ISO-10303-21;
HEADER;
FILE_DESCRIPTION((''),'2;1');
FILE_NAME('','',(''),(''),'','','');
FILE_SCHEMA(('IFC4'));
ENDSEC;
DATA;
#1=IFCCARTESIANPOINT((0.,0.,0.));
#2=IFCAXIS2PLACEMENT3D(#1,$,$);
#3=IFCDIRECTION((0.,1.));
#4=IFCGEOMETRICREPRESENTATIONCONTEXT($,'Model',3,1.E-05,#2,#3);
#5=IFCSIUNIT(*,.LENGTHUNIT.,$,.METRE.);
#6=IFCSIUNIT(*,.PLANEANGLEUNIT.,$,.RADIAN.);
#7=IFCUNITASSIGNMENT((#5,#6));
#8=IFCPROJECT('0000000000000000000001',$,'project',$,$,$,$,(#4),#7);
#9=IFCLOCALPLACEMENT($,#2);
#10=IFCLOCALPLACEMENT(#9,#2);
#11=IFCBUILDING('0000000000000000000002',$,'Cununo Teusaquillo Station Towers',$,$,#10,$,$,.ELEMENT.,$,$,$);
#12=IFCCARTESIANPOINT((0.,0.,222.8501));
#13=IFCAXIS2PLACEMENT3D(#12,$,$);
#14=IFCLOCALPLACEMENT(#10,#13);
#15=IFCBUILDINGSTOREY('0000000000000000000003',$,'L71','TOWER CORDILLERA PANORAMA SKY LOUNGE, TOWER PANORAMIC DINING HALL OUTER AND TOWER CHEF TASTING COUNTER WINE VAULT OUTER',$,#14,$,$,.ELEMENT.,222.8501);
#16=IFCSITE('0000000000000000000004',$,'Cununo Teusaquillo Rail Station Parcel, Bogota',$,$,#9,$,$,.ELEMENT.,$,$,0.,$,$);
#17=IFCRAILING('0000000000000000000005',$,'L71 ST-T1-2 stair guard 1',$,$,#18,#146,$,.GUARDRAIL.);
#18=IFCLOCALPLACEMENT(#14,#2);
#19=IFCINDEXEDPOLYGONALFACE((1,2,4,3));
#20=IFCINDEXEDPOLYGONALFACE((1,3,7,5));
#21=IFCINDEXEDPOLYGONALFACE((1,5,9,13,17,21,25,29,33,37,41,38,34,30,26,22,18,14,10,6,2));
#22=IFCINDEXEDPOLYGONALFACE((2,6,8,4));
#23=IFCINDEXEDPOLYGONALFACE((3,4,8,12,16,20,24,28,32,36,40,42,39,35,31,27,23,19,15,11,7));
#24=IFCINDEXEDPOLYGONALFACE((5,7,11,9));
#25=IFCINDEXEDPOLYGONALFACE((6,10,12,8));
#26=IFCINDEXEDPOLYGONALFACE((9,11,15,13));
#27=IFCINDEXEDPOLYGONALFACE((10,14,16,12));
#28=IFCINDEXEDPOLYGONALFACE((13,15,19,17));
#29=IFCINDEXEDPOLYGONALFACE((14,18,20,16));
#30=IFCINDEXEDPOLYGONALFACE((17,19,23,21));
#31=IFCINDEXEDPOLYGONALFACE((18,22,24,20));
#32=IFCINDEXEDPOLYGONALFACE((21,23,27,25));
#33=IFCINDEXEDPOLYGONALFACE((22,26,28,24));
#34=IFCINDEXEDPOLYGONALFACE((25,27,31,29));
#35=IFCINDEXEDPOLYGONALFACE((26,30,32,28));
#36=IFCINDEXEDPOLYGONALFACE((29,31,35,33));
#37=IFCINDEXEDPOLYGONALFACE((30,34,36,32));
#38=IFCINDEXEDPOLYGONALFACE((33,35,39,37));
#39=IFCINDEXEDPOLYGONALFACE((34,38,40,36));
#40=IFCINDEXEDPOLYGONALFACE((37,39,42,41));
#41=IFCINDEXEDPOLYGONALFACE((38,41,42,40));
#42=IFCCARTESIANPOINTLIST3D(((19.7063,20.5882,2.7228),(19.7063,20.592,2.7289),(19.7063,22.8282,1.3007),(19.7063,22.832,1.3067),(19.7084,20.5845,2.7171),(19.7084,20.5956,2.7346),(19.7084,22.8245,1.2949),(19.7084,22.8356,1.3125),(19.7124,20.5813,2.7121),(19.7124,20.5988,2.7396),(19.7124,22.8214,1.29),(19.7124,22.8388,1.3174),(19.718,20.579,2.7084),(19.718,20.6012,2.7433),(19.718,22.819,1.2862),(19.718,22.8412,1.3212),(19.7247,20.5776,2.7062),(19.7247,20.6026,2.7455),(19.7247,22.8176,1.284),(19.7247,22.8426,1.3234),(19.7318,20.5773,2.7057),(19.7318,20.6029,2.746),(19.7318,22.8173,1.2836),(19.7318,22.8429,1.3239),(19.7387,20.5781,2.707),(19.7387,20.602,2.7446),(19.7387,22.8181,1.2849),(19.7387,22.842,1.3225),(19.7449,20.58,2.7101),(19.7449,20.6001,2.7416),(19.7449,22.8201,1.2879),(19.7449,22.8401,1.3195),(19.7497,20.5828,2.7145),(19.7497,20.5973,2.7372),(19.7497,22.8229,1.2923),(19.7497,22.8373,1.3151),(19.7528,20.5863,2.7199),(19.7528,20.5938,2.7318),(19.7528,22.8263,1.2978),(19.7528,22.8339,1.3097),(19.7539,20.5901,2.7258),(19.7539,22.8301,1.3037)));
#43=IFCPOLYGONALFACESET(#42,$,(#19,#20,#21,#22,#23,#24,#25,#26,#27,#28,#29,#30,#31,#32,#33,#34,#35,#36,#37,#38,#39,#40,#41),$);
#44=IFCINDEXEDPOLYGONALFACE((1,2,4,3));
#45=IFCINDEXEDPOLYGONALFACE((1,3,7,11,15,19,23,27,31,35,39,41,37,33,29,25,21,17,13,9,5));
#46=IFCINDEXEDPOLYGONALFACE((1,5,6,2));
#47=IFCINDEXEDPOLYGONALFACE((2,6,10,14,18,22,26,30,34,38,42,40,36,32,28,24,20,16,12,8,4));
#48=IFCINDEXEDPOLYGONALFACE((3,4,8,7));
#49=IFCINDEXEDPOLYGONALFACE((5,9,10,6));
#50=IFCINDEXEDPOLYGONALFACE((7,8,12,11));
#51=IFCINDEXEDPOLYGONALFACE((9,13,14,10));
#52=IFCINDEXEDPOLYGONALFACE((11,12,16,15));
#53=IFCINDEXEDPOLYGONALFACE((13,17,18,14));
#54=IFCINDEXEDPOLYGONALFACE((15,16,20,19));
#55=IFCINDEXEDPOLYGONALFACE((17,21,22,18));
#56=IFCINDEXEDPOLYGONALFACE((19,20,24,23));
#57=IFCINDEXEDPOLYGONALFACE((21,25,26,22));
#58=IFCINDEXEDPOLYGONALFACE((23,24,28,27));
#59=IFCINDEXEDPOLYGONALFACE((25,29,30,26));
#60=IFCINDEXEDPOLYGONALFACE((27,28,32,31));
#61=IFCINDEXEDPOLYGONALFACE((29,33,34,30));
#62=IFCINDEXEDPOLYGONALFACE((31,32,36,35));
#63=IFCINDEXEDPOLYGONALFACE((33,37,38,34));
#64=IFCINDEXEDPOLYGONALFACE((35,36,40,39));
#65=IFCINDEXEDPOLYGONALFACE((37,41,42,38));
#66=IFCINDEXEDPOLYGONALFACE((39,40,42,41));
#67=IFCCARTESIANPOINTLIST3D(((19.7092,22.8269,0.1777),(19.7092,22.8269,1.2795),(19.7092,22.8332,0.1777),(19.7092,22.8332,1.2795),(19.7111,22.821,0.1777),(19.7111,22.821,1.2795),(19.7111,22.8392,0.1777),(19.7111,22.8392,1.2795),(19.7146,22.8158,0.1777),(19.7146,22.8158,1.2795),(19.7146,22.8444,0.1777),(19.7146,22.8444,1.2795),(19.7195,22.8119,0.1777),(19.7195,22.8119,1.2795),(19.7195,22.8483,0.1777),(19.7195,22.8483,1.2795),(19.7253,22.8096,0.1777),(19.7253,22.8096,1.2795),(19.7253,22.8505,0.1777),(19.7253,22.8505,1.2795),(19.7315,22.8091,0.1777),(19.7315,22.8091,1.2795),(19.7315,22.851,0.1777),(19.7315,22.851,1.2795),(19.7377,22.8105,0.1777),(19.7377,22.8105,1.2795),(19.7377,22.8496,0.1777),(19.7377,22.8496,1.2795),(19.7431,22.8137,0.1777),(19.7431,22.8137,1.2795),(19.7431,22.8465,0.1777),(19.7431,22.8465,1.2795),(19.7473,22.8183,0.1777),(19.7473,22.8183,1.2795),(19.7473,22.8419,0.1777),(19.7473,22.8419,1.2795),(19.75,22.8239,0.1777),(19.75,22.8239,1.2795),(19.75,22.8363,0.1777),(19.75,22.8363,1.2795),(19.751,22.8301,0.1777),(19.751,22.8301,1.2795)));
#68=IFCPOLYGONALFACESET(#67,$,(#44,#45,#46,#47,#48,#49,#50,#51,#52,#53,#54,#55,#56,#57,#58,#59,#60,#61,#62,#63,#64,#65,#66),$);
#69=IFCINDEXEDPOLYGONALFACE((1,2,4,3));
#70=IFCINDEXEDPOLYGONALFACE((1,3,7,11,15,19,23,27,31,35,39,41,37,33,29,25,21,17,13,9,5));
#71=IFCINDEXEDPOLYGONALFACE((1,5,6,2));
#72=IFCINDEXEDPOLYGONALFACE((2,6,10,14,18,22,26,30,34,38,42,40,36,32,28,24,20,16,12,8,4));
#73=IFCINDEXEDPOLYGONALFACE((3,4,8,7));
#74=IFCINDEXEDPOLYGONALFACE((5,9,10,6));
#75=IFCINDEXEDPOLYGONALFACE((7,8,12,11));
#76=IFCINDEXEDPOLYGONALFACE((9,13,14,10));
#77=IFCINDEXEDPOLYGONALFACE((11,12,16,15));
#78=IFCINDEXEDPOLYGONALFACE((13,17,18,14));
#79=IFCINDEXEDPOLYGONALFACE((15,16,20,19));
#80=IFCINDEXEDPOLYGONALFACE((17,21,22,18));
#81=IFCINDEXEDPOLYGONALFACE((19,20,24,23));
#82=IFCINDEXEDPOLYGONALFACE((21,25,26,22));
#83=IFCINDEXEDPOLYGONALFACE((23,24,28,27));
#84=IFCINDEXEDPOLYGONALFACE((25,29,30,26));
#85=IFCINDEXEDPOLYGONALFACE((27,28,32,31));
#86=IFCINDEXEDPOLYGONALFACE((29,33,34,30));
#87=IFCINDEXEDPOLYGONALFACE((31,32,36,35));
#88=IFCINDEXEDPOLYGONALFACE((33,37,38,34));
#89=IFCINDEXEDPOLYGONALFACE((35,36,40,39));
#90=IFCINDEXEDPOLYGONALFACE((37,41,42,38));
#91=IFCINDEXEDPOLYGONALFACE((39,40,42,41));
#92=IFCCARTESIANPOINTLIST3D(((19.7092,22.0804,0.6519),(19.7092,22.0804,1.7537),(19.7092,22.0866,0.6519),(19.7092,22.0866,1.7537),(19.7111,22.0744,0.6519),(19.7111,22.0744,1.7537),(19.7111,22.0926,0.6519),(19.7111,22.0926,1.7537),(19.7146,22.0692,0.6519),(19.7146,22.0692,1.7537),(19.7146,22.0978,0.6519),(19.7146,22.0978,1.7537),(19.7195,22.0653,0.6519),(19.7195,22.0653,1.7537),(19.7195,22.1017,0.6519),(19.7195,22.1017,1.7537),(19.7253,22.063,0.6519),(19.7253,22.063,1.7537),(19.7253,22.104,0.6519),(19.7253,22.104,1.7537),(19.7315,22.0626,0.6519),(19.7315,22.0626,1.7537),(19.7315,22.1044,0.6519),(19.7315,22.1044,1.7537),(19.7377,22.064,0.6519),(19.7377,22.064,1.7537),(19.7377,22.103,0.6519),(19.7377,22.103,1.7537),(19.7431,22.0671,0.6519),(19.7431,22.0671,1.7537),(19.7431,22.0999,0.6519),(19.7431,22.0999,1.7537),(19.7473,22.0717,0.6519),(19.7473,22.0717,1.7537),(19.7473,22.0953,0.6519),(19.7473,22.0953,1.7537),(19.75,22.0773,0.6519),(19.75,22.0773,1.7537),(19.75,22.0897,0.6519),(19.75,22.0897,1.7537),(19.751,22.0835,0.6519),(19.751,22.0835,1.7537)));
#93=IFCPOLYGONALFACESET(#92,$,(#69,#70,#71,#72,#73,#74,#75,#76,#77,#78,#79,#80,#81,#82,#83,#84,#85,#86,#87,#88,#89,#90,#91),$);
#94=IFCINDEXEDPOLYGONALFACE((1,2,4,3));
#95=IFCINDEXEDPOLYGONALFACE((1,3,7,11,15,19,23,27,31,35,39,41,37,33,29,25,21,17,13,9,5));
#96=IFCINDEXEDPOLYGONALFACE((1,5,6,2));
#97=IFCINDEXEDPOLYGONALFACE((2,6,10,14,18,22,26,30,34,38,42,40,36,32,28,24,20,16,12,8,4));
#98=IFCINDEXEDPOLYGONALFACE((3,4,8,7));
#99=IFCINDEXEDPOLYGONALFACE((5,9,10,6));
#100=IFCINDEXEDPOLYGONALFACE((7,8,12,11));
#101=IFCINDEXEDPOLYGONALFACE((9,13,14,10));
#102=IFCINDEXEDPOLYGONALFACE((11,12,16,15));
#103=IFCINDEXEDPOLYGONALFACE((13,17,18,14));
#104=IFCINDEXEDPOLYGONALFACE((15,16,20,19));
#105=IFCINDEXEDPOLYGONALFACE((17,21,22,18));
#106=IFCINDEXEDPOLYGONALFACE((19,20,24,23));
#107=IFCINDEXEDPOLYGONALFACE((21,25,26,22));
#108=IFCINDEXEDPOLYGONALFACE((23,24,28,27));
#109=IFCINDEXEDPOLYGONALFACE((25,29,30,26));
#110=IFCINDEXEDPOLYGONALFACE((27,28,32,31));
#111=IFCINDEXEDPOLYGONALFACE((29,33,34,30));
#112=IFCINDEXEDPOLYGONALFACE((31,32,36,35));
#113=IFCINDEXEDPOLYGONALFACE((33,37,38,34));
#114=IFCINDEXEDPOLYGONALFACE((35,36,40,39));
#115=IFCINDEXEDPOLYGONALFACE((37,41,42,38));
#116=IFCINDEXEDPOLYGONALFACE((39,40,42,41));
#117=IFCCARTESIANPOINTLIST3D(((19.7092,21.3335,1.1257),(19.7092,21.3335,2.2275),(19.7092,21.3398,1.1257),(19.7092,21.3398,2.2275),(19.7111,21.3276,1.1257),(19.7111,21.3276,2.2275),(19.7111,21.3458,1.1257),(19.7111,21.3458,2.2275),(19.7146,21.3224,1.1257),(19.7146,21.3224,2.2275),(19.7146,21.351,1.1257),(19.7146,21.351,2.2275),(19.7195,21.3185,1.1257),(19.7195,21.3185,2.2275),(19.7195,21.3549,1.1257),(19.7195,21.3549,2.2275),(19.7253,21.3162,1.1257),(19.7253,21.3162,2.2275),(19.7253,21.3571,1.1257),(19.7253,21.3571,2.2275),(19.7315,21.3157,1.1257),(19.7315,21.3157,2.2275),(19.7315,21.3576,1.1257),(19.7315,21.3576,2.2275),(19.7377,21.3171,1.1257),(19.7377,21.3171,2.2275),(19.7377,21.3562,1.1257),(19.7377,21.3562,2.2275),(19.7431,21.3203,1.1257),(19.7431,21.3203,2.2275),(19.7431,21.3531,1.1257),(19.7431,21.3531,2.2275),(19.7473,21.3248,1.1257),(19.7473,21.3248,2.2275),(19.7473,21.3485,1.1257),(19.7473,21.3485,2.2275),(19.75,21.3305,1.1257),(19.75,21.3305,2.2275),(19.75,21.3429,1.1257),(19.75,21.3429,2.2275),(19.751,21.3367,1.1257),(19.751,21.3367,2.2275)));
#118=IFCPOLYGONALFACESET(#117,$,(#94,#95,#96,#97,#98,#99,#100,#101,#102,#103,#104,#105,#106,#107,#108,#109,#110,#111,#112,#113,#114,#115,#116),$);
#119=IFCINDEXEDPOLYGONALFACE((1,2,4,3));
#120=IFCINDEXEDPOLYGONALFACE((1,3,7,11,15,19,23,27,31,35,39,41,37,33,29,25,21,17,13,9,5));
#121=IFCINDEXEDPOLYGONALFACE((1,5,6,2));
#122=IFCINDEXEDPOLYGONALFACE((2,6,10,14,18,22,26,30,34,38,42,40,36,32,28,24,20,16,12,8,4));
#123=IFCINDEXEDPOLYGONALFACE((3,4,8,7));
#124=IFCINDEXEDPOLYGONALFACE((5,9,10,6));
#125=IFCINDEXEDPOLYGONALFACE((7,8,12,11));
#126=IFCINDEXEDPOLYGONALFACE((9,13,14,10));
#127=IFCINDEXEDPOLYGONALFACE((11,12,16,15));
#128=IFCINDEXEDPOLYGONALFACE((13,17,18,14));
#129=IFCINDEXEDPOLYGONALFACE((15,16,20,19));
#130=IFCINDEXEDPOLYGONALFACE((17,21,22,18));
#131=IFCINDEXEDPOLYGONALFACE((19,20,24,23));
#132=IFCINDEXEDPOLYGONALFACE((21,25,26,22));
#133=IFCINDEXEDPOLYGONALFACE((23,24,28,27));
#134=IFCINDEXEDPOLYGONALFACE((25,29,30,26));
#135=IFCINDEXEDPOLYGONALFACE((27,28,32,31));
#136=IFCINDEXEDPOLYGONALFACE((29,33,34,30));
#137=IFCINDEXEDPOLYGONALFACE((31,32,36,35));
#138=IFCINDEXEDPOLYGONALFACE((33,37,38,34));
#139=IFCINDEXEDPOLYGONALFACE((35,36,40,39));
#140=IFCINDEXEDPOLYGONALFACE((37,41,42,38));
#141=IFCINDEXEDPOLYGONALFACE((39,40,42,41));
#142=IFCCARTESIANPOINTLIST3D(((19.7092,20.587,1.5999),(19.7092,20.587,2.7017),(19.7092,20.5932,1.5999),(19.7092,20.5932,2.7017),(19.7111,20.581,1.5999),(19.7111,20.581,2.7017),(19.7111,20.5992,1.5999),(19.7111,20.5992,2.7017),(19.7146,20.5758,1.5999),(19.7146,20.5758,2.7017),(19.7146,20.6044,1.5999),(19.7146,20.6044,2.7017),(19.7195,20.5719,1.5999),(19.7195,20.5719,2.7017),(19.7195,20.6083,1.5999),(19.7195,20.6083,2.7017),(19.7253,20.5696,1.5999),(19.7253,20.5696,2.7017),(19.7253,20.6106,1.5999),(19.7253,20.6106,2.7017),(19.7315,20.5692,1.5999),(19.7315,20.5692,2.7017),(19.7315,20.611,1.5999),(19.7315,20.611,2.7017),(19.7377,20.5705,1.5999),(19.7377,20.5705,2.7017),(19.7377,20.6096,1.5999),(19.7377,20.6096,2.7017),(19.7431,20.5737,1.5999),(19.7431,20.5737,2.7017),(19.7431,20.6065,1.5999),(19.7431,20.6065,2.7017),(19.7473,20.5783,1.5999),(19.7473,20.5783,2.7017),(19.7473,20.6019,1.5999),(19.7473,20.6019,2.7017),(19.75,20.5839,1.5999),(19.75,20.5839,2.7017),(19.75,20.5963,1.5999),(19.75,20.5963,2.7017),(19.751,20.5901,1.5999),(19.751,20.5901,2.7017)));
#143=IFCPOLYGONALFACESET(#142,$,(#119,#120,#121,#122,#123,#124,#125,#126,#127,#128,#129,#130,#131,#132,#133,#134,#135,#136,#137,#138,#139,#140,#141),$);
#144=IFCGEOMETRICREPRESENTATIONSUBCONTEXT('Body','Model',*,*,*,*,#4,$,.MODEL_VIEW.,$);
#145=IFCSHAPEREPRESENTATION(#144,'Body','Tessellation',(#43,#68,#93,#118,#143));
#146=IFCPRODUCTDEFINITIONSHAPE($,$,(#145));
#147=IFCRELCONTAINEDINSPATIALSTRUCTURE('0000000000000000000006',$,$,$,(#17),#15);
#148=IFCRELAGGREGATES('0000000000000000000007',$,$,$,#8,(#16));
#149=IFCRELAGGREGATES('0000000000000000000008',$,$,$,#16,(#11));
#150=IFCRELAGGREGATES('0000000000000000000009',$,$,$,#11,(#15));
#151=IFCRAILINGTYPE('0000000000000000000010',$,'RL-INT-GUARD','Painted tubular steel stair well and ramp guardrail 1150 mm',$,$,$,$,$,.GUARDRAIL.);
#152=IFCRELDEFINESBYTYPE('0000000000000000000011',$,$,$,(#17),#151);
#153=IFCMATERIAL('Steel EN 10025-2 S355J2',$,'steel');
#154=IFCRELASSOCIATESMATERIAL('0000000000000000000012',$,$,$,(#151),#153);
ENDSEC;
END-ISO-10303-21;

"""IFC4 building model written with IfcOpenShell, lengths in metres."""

from ifc_helpers import new_model, si_unit, direction, frame, origin, origin_2d, place, context, subcontext, project, spatial, circle, extrude, material, type_object, element, save


model = new_model("IFC4")

# Units and contexts
model_context = context("Model", 3, precision=1e-05, world=origin(), true_north=direction((0.0, 1.0)))
body_context = subcontext(model_context, "Body", "Model", "MODEL_VIEW")
ifc_project = project(units=[si_unit("LENGTHUNIT", "METRE"), si_unit("PLANEANGLEUNIT", "RADIAN")], contexts=[model_context])

# Site, building, storey
site_placement = place(None, origin())
site = spatial("IfcSite", under=ifc_project, at=site_placement, Name="Cununo Teusaquillo Rail Station Parcel, Bogota", CompositionType="ELEMENT", RefElevation=0.0)
building_placement = place(site_placement, origin())
building = spatial("IfcBuilding", under=site, at=building_placement, Name="Cununo Teusaquillo Station Towers", CompositionType="ELEMENT")
storey_placement = place(building_placement, frame((0.0, 0.0, 222.8501)))
storey = spatial("IfcBuildingStorey", under=building, at=storey_placement, Name="L71", Description="TOWER CORDILLERA PANORAMA SKY LOUNGE, TOWER PANORAMIC DINING HALL OUTER AND TOWER CHEF TASTING COUNTER WINE VAULT OUTER", CompositionType="ELEMENT", Elevation=222.8501)

# Railing
ifc_material_1 = material(Name="Steel EN 10025-2 S355J2", Category="steel")
railing_type_1 = type_object("IfcRailingType", Name="RL-INT-GUARD", Description="Painted tubular steel stair well and ramp guardrail 1150 mm", PredefinedType="GUARDRAIL", material=ifc_material_1)
railing_1_placement = place(storey_placement, frame((19.73, 22.8301, 0.1777)))
element("IfcRailing", 1, at=railing_1_placement, inside=storey, type_object=railing_type_1, Name="L71 ST-T1-2 stair guard 1", PredefinedType="GUARDRAIL", context=body_context, shape_type="SweptSolid", body=[
    extrude(circle(Radius=0.0239, at=origin_2d()), frame((0.0, 0.0, 1.126), z_axis=(0.0, -0.844229, 0.535982), x_axis=(1.0, 0.0, 0.0)), (0.0, 0.0, 1.0), 2.6533),
    extrude(circle(Radius=0.021, at=origin_2d()), origin(), (0.0, 0.0, 1.0), 1.1018),
    extrude(circle(Radius=0.021, at=origin_2d()), frame((0.0, -0.7466, 0.4741)), (0.0, 0.0, 1.0), 1.1018),
    extrude(circle(Radius=0.021, at=origin_2d()), frame((0.0, -1.4934, 0.948)), (0.0, 0.0, 1.0), 1.1018),
    extrude(circle(Radius=0.021, at=origin_2d()), frame((0.0, -2.24, 1.4221)), (0.0, 0.0, 1.0), 1.1018),
])

save(model, "model.ifc")
